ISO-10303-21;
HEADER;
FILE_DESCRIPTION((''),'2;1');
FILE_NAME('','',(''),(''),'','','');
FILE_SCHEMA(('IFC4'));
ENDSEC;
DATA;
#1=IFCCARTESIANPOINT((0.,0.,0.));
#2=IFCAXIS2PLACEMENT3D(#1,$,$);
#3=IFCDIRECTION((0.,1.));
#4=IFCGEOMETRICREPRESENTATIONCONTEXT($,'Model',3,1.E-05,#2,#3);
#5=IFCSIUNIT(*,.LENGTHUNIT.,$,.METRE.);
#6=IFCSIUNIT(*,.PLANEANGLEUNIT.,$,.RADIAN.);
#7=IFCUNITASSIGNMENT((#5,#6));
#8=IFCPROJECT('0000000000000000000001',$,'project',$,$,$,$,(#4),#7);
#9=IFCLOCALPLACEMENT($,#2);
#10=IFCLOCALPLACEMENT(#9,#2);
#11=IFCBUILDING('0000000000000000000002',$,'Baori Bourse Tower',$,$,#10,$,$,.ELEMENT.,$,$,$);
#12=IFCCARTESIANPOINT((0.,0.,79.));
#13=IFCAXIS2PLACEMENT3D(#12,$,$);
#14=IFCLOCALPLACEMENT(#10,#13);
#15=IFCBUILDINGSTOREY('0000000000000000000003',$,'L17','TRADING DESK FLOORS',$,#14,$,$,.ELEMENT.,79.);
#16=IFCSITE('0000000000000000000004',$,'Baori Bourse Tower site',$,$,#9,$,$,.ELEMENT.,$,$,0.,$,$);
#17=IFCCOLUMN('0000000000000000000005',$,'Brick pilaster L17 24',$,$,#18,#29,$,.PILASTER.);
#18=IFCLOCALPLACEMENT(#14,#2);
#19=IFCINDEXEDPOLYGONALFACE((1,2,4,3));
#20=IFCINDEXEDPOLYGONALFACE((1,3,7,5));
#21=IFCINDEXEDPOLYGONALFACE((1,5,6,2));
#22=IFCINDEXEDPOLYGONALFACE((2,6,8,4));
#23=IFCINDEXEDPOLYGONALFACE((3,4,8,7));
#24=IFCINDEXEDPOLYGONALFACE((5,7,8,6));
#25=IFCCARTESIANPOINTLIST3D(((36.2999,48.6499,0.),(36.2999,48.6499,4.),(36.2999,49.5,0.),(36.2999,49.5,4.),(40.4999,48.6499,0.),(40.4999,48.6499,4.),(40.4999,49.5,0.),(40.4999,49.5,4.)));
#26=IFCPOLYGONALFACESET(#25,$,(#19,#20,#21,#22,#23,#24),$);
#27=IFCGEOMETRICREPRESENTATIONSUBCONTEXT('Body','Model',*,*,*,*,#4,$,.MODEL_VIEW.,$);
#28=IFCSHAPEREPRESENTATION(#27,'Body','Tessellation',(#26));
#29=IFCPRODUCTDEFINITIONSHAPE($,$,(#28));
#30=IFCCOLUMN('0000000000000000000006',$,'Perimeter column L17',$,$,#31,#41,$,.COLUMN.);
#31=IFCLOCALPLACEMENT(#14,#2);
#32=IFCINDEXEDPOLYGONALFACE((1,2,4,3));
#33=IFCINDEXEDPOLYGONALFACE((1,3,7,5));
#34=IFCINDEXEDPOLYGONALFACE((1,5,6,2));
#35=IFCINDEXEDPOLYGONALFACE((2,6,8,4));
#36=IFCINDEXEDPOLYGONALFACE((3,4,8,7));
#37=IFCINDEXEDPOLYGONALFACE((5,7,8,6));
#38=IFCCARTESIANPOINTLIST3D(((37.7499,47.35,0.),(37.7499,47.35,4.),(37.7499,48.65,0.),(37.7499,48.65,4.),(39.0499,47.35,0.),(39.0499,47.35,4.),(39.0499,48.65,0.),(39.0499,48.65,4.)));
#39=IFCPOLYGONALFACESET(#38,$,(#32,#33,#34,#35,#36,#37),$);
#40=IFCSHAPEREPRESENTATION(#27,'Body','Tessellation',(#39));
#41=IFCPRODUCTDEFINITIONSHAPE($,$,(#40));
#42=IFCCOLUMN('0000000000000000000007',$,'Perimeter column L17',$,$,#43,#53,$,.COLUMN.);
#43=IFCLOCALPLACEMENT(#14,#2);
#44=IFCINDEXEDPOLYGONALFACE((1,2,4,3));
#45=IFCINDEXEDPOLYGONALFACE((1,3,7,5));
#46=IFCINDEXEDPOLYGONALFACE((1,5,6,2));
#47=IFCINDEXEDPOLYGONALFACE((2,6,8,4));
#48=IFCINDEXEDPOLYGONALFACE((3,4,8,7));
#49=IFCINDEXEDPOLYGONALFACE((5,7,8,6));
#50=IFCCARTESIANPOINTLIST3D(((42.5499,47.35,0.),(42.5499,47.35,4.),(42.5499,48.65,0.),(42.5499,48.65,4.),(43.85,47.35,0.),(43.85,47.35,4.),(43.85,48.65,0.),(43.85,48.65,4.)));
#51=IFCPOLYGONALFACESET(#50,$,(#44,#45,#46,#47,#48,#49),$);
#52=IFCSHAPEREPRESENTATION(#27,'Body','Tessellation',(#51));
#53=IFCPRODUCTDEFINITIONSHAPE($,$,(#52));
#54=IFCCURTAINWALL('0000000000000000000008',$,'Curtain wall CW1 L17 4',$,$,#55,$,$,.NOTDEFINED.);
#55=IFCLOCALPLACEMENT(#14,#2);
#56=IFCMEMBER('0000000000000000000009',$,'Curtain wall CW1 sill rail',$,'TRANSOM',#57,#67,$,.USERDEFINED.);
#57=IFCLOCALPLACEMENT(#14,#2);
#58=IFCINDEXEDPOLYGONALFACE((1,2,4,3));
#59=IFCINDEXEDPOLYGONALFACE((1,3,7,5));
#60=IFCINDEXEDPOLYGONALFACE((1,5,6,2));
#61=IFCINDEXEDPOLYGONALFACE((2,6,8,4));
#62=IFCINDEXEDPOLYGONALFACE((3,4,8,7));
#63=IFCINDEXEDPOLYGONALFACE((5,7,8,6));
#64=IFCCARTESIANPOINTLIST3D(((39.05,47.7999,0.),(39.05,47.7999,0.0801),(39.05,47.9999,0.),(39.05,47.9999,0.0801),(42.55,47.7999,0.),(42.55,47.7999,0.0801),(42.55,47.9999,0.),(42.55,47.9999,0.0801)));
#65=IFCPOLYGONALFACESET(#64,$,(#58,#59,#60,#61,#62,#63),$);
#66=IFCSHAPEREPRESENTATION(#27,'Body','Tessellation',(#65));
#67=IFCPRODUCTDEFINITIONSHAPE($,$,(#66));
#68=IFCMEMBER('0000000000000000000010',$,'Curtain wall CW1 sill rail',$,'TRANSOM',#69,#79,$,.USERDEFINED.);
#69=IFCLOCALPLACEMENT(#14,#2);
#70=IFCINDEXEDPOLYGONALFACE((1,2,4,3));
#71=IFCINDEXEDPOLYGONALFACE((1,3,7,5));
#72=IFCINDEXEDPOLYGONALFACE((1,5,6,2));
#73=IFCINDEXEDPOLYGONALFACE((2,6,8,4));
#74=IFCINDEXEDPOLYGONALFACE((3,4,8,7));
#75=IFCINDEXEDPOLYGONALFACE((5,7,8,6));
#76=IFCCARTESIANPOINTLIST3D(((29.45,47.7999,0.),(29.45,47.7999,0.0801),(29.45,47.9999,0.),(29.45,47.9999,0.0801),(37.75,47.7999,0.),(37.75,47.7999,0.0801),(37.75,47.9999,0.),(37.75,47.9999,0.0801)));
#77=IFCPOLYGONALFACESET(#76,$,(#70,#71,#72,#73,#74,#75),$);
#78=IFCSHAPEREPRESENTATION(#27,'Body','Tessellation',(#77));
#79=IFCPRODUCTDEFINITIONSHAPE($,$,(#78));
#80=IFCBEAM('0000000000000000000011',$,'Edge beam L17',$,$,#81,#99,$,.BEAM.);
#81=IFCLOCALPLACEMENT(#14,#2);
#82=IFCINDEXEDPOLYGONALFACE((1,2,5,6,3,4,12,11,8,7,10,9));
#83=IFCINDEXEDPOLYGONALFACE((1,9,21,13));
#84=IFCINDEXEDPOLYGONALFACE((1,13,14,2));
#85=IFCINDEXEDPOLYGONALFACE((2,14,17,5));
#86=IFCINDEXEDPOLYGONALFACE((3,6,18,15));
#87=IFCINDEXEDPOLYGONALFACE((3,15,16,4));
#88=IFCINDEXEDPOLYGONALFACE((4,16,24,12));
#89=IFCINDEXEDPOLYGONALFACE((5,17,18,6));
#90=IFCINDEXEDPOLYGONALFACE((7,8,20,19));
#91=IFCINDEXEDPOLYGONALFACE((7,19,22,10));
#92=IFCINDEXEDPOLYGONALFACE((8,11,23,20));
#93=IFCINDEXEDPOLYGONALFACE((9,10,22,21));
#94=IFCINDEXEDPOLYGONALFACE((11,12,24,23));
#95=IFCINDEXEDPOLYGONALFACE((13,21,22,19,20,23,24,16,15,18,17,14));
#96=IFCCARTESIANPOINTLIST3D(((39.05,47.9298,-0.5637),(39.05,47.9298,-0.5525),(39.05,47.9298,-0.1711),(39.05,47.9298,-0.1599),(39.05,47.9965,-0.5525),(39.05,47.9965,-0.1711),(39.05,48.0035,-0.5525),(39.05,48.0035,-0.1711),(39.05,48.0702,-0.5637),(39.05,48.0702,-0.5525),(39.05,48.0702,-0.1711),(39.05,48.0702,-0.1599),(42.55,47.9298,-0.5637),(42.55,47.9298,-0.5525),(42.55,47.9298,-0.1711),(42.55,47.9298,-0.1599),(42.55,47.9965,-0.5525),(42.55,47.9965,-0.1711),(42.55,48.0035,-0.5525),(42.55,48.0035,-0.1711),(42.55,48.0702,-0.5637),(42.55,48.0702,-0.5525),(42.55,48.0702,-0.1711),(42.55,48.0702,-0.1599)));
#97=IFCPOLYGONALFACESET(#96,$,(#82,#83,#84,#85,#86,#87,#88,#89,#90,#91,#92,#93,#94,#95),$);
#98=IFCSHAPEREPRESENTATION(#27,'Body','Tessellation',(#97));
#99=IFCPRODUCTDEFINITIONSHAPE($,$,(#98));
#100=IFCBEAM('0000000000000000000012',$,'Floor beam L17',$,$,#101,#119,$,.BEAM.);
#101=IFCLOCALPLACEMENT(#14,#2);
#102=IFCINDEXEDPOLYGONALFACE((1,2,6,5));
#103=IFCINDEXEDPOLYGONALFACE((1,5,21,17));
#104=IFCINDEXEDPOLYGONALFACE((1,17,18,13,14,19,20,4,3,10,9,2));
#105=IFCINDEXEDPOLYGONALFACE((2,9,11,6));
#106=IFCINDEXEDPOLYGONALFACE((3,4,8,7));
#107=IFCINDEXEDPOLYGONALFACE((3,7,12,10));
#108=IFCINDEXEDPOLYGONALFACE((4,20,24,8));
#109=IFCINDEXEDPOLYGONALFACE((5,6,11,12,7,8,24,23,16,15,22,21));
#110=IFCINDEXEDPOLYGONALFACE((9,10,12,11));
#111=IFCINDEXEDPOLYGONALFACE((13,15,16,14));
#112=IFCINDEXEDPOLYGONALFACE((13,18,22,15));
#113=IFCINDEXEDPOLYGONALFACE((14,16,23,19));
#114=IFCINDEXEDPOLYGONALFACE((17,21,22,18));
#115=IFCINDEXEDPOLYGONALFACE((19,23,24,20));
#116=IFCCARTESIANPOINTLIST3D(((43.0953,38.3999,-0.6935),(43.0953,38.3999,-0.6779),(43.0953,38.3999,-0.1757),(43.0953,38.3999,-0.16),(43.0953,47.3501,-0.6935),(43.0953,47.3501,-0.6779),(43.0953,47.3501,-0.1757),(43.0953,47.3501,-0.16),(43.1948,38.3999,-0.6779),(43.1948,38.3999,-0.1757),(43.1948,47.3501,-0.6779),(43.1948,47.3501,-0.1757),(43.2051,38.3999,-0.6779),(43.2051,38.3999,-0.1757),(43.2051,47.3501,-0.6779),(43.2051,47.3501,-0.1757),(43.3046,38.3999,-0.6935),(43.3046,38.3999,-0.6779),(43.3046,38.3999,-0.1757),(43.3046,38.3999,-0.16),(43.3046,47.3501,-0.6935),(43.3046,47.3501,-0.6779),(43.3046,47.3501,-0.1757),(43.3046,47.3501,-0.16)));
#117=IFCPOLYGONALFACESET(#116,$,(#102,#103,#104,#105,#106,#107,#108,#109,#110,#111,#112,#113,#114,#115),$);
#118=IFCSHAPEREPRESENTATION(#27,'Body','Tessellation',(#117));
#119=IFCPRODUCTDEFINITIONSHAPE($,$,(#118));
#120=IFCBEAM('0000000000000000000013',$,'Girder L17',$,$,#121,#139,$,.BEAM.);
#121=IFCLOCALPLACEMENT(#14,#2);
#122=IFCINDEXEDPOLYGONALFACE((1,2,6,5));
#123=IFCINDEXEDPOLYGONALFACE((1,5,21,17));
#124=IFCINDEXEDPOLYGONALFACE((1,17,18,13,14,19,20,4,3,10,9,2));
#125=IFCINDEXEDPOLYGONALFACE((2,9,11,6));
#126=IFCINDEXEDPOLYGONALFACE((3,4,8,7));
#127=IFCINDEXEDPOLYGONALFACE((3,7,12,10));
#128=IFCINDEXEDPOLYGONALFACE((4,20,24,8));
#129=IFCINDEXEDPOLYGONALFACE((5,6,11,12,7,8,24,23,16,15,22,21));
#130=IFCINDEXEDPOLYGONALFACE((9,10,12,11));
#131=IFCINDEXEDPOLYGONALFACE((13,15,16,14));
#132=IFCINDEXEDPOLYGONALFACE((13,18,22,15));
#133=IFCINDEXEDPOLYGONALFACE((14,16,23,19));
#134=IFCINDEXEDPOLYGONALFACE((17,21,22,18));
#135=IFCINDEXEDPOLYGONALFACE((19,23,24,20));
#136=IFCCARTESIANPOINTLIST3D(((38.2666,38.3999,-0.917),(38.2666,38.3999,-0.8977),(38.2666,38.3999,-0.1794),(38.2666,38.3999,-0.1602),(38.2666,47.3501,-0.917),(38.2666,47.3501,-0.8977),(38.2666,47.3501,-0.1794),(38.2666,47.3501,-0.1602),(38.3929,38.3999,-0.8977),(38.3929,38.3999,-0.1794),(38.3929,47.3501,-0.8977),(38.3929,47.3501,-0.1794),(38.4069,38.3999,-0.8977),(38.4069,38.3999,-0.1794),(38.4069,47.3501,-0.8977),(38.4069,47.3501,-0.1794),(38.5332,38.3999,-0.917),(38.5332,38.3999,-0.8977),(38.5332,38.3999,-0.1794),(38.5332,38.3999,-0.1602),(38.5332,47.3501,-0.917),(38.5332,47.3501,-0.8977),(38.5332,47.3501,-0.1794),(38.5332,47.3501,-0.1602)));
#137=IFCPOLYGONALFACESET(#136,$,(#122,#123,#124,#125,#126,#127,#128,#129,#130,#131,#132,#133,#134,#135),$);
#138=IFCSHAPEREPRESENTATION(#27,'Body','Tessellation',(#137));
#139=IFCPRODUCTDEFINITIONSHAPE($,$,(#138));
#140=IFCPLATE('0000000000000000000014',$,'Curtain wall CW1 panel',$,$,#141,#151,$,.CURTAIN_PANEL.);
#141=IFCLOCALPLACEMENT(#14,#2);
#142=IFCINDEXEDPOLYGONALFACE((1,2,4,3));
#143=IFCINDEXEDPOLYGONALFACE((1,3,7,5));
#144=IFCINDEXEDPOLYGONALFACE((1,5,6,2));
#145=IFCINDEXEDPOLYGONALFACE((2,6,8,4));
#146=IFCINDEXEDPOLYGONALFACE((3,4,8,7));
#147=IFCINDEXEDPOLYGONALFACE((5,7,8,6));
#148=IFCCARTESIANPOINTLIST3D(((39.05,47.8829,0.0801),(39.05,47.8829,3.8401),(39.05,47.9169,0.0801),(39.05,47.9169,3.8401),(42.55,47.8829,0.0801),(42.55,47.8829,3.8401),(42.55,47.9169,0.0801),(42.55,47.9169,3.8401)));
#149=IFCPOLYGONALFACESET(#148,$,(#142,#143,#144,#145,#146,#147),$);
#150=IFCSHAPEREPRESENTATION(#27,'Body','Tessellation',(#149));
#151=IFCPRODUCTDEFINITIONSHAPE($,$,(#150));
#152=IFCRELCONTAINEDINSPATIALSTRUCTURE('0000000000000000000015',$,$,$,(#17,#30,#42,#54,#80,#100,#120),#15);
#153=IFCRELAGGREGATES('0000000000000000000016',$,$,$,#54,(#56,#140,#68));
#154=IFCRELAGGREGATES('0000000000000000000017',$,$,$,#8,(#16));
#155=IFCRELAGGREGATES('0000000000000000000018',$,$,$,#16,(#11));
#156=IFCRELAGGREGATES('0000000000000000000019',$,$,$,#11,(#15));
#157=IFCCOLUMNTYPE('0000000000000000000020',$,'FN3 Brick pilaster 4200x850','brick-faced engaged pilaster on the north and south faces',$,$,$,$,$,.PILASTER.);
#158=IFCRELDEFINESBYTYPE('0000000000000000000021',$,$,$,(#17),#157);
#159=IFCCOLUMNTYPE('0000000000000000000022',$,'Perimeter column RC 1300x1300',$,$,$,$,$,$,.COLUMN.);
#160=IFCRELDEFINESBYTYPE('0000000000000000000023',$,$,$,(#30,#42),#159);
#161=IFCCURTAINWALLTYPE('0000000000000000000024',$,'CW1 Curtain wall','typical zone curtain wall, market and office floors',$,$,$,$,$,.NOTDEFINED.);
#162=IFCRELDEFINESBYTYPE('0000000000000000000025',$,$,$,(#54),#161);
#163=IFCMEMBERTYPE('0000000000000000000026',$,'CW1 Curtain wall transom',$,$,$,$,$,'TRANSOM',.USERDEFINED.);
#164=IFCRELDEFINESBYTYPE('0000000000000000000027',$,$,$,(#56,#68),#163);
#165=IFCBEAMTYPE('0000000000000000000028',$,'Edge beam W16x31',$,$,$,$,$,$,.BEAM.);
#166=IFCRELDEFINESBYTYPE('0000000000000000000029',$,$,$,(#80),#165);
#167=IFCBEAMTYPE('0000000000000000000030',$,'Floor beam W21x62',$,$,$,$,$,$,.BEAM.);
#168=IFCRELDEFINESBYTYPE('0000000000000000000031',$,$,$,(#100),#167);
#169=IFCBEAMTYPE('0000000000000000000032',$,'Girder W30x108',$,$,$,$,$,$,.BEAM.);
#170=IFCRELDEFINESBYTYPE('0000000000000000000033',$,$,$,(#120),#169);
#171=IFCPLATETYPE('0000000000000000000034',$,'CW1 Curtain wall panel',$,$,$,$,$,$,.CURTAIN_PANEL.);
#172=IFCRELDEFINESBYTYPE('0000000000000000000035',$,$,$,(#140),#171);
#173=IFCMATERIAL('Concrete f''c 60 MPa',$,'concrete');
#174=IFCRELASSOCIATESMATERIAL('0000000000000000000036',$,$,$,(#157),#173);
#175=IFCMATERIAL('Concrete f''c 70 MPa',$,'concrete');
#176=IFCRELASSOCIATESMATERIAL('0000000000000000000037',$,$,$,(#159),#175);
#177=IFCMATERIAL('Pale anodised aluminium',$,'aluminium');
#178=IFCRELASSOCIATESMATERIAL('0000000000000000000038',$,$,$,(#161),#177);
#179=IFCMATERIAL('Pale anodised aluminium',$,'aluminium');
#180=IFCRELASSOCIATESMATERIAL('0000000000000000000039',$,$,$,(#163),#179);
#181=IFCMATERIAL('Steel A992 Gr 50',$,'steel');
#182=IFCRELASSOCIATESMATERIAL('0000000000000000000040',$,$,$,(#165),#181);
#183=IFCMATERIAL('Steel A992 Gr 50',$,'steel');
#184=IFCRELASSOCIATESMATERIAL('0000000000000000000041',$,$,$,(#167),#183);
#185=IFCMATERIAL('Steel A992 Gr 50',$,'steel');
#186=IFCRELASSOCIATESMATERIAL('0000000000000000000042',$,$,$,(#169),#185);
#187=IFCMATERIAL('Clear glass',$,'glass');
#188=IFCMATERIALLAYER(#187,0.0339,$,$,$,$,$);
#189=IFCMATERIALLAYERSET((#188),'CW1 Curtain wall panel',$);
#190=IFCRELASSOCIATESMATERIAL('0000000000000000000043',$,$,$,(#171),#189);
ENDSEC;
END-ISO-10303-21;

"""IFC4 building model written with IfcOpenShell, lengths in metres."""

from ifc_helpers import new_model, si_unit, direction, frame, origin, origin_2d, place, context, subcontext, project, spatial, rectangle, i_section, extrude, material, layer, layer_set, material_profile, profile_set, type_object, element, aggregate, save


model = new_model("IFC4")

# Units and contexts
model_context = context("Model", 3, precision=1e-05, world=origin(), true_north=direction((0.0, 1.0)))
body_context = subcontext(model_context, "Body", "Model", "MODEL_VIEW")
ifc_project = project(units=[si_unit("LENGTHUNIT", "METRE"), si_unit("PLANEANGLEUNIT", "RADIAN")], contexts=[model_context])

# Site, building, storey
site_placement = place(None, origin())
site = spatial("IfcSite", under=ifc_project, at=site_placement, Name="Baori Bourse Tower site", CompositionType="ELEMENT", RefElevation=0.0)
building_placement = place(site_placement, origin())
building = spatial("IfcBuilding", under=site, at=building_placement, Name="Baori Bourse Tower", CompositionType="ELEMENT")
storey_placement = place(building_placement, frame((0.0, 0.0, 79.0)))
storey = spatial("IfcBuildingStorey", under=building, at=storey_placement, Name="L17", Description="TRADING DESK FLOORS", CompositionType="ELEMENT", Elevation=79.0)

# Columns
ifc_material_1 = material(Name="Concrete f'c 60 MPa", Category="concrete")
ifc_material_profile_1 = material_profile(ifc_material_1, rectangle(XDim=4.2, YDim=0.8501, at=origin_2d()), Name="RC 4200x850")
ifc_profile_set_1 = profile_set([ifc_material_profile_1], Name="Concrete f'c 60 MPa")
column_type_1 = type_object("IfcColumnType", Name="FN3 Brick pilaster 4200x850", Description="brick-faced engaged pilaster on the north and south faces", PredefinedType="PILASTER", material=ifc_profile_set_1)
column_placement = place(storey_placement, frame((38.3999, 49.075, 0.0), z_axis=(0.0, 0.0, 1.0), x_axis=(1.0, 0.0, 0.0)))
element("IfcColumn", 1, at=column_placement, inside=storey, type_object=column_type_1, Name="Brick pilaster L17 24", PredefinedType="PILASTER", context=body_context, shape_type="SweptSolid", body=[
    extrude(rectangle(XDim=4.2, YDim=0.8501, at=origin_2d()), origin(), (0.0, 0.0, 1.0), 4.0),
])
ifc_material_2 = material(Name="Concrete f'c 70 MPa", Category="concrete")
ifc_material_profile_2 = material_profile(ifc_material_2, rectangle(XDim=1.3, YDim=1.3, at=origin_2d()), Name="RC 1300x1300")
ifc_profile_set_2 = profile_set([ifc_material_profile_2], Name="Concrete f'c 70 MPa")
column_type_2 = type_object("IfcColumnType", Name="Perimeter column RC 1300x1300", PredefinedType="COLUMN", material=ifc_profile_set_2)
for number, where, z_axis, x_axis, name in (
    (2, (38.3999, 48.0, 0.0), (0.0, 0.0, 1.0), (1.0, 0.0, 0.0), "Perimeter column L17"),
    (3, (43.2, 48.0, 0.0), (0.0, 0.0, 1.0), (1.0, 0.0, 0.0), "Perimeter column L17"),
):
    element("IfcColumn", number, at=place(storey_placement, frame(where, z_axis=z_axis, x_axis=x_axis)), inside=storey, type_object=column_type_2, Name=name, PredefinedType="COLUMN", context=body_context, shape_type="SweptSolid", body=[
        extrude(rectangle(XDim=1.3, YDim=1.3, at=origin_2d()), origin(), (0.0, 0.0, 1.0), 4.0),
    ])

# Curtain wall, members
ifc_material_3 = material(Name="Pale anodised aluminium", Category="aluminium")
curtain_wall_type = type_object("IfcCurtainWallType", Name="CW1 Curtain wall", Description="typical zone curtain wall, market and office floors", PredefinedType="NOTDEFINED", material=ifc_material_3)
curtain_wall_placement = place(storey_placement, origin())
curtain_wall = element("IfcCurtainWall", 4, at=curtain_wall_placement, inside=storey, type_object=curtain_wall_type, Name="Curtain wall CW1 L17 4", PredefinedType="NOTDEFINED")
ifc_material_4 = material(Name="Pale anodised aluminium", Category="aluminium")
ifc_material_profile_3 = material_profile(ifc_material_4, rectangle(XDim=0.2, YDim=0.0801, at=origin_2d()), Name="Transom 80x200")
ifc_profile_set_3 = profile_set([ifc_material_profile_3], Name="Pale anodised aluminium")
member_type = type_object("IfcMemberType", Name="CW1 Curtain wall transom", ElementType="TRANSOM", PredefinedType="USERDEFINED", material=ifc_profile_set_3)
member_1_placement = place(storey_placement, frame((42.55, 47.8999, 0.04), z_axis=(-1.0, 0.0, 0.0), x_axis=(0.0, -1.0, 0.0)))
member_1 = element("IfcMember", 5, at=member_1_placement, type_object=member_type, Name="Curtain wall CW1 sill rail", ObjectType="TRANSOM", PredefinedType="USERDEFINED", context=body_context, shape_type="SweptSolid", body=[
    extrude(rectangle(XDim=0.2, YDim=0.0801, at=origin_2d()), origin(), (0.0, 0.0, 1.0), 3.5),
])
member_2_placement = place(storey_placement, frame((37.75, 47.8999, 0.04), z_axis=(-1.0, 0.0, 0.0), x_axis=(0.0, -1.0, 0.0)))
member_2 = element("IfcMember", 6, at=member_2_placement, type_object=member_type, Name="Curtain wall CW1 sill rail", ObjectType="TRANSOM", PredefinedType="USERDEFINED", context=body_context, shape_type="SweptSolid", body=[
    extrude(rectangle(XDim=0.2, YDim=0.0801, at=origin_2d()), origin(), (0.0, 0.0, 1.0), 8.3),
])

# Beams
ifc_material_5 = material(Name="Steel A992 Gr 50", Category="steel")
ifc_material_profile_4 = material_profile(ifc_material_5, i_section(OverallWidth=0.1404, OverallDepth=0.4038, WebThickness=0.0071, FlangeThickness=0.0112, at=origin_2d()), Name="W16x31")
ifc_profile_set_4 = profile_set([ifc_material_profile_4], Name="Steel A992 Gr 50")
beam_type_1 = type_object("IfcBeamType", Name="Edge beam W16x31", PredefinedType="BEAM", material=ifc_profile_set_4)
beam_1_placement = place(storey_placement, frame((39.05, 48.0, -0.3618), z_axis=(1.0, 0.0, 0.0), x_axis=(0.0, 1.0, 0.0)))
element("IfcBeam", 7, at=beam_1_placement, inside=storey, type_object=beam_type_1, Name="Edge beam L17", PredefinedType="BEAM", context=body_context, shape_type="SweptSolid", body=[
    extrude(i_section(OverallWidth=0.1404, OverallDepth=0.4038, WebThickness=0.0071, FlangeThickness=0.0112, at=origin_2d()), origin(), (0.0, 0.0, 1.0), 3.5),
])
ifc_material_6 = material(Name="Steel A992 Gr 50", Category="steel")
ifc_material_profile_5 = material_profile(ifc_material_6, i_section(OverallWidth=0.2092, OverallDepth=0.5334, WebThickness=0.0103, FlangeThickness=0.0156, at=origin_2d()), Name="W21x62")
ifc_profile_set_5 = profile_set([ifc_material_profile_5], Name="Steel A992 Gr 50")
beam_type_2 = type_object("IfcBeamType", Name="Floor beam W21x62", PredefinedType="BEAM", material=ifc_profile_set_5)
beam_2_placement = place(storey_placement, frame((43.2, 38.3999, -0.4268), z_axis=(0.0, 1.0, 0.0), x_axis=(-1.0, 0.0, 0.0)))
element("IfcBeam", 8, at=beam_2_placement, inside=storey, type_object=beam_type_2, Name="Floor beam L17", PredefinedType="BEAM", context=body_context, shape_type="SweptSolid", body=[
    extrude(i_section(OverallWidth=0.2092, OverallDepth=0.5334, WebThickness=0.0103, FlangeThickness=0.0156, at=origin_2d()), origin(), (0.0, 0.0, 1.0), 8.9502),
])
ifc_material_7 = material(Name="Steel A992 Gr 50", Category="steel")
ifc_material_profile_6 = material_profile(ifc_material_7, i_section(OverallWidth=0.2666, OverallDepth=0.7568, WebThickness=0.0139, FlangeThickness=0.0193, at=origin_2d()), Name="W30x108")
ifc_profile_set_6 = profile_set([ifc_material_profile_6], Name="Steel A992 Gr 50")
beam_type_3 = type_object("IfcBeamType", Name="Girder W30x108", PredefinedType="BEAM", material=ifc_profile_set_6)
beam_3_placement = place(storey_placement, frame((38.3999, 38.3999, -0.5386), z_axis=(0.0, 1.0, 0.0), x_axis=(-1.0, 0.0, 0.0)))
element("IfcBeam", 9, at=beam_3_placement, inside=storey, type_object=beam_type_3, Name="Girder L17", PredefinedType="BEAM", context=body_context, shape_type="SweptSolid", body=[
    extrude(i_section(OverallWidth=0.2666, OverallDepth=0.7568, WebThickness=0.0139, FlangeThickness=0.0193, at=origin_2d()), origin(), (0.0, 0.0, 1.0), 8.9502),
])

# Plate
ifc_material_8 = material(Name="Clear glass", Category="glass")
ifc_layer_1 = layer(ifc_material_8, 0.0339)
ifc_layer_set_1 = layer_set([ifc_layer_1], Name="CW1 Curtain wall panel")
plate_type = type_object("IfcPlateType", Name="CW1 Curtain wall panel", PredefinedType="CURTAIN_PANEL", material=ifc_layer_set_1)
plate_placement = place(storey_placement, frame((40.8, 47.8999, 0.0801), z_axis=(0.0, 0.0, 1.0), x_axis=(-1.0, 0.0, 0.0)))
plate = element("IfcPlate", 10, at=plate_placement, type_object=plate_type, Name="Curtain wall CW1 panel", PredefinedType="CURTAIN_PANEL", context=body_context, shape_type="SweptSolid", body=[
    extrude(rectangle(XDim=3.5, YDim=0.0339, at=origin_2d()), origin(), (0.0, 0.0, 1.0), 3.76),
])
aggregate(curtain_wall, [member_1, plate, member_2])

save(model, "model.ifc")
